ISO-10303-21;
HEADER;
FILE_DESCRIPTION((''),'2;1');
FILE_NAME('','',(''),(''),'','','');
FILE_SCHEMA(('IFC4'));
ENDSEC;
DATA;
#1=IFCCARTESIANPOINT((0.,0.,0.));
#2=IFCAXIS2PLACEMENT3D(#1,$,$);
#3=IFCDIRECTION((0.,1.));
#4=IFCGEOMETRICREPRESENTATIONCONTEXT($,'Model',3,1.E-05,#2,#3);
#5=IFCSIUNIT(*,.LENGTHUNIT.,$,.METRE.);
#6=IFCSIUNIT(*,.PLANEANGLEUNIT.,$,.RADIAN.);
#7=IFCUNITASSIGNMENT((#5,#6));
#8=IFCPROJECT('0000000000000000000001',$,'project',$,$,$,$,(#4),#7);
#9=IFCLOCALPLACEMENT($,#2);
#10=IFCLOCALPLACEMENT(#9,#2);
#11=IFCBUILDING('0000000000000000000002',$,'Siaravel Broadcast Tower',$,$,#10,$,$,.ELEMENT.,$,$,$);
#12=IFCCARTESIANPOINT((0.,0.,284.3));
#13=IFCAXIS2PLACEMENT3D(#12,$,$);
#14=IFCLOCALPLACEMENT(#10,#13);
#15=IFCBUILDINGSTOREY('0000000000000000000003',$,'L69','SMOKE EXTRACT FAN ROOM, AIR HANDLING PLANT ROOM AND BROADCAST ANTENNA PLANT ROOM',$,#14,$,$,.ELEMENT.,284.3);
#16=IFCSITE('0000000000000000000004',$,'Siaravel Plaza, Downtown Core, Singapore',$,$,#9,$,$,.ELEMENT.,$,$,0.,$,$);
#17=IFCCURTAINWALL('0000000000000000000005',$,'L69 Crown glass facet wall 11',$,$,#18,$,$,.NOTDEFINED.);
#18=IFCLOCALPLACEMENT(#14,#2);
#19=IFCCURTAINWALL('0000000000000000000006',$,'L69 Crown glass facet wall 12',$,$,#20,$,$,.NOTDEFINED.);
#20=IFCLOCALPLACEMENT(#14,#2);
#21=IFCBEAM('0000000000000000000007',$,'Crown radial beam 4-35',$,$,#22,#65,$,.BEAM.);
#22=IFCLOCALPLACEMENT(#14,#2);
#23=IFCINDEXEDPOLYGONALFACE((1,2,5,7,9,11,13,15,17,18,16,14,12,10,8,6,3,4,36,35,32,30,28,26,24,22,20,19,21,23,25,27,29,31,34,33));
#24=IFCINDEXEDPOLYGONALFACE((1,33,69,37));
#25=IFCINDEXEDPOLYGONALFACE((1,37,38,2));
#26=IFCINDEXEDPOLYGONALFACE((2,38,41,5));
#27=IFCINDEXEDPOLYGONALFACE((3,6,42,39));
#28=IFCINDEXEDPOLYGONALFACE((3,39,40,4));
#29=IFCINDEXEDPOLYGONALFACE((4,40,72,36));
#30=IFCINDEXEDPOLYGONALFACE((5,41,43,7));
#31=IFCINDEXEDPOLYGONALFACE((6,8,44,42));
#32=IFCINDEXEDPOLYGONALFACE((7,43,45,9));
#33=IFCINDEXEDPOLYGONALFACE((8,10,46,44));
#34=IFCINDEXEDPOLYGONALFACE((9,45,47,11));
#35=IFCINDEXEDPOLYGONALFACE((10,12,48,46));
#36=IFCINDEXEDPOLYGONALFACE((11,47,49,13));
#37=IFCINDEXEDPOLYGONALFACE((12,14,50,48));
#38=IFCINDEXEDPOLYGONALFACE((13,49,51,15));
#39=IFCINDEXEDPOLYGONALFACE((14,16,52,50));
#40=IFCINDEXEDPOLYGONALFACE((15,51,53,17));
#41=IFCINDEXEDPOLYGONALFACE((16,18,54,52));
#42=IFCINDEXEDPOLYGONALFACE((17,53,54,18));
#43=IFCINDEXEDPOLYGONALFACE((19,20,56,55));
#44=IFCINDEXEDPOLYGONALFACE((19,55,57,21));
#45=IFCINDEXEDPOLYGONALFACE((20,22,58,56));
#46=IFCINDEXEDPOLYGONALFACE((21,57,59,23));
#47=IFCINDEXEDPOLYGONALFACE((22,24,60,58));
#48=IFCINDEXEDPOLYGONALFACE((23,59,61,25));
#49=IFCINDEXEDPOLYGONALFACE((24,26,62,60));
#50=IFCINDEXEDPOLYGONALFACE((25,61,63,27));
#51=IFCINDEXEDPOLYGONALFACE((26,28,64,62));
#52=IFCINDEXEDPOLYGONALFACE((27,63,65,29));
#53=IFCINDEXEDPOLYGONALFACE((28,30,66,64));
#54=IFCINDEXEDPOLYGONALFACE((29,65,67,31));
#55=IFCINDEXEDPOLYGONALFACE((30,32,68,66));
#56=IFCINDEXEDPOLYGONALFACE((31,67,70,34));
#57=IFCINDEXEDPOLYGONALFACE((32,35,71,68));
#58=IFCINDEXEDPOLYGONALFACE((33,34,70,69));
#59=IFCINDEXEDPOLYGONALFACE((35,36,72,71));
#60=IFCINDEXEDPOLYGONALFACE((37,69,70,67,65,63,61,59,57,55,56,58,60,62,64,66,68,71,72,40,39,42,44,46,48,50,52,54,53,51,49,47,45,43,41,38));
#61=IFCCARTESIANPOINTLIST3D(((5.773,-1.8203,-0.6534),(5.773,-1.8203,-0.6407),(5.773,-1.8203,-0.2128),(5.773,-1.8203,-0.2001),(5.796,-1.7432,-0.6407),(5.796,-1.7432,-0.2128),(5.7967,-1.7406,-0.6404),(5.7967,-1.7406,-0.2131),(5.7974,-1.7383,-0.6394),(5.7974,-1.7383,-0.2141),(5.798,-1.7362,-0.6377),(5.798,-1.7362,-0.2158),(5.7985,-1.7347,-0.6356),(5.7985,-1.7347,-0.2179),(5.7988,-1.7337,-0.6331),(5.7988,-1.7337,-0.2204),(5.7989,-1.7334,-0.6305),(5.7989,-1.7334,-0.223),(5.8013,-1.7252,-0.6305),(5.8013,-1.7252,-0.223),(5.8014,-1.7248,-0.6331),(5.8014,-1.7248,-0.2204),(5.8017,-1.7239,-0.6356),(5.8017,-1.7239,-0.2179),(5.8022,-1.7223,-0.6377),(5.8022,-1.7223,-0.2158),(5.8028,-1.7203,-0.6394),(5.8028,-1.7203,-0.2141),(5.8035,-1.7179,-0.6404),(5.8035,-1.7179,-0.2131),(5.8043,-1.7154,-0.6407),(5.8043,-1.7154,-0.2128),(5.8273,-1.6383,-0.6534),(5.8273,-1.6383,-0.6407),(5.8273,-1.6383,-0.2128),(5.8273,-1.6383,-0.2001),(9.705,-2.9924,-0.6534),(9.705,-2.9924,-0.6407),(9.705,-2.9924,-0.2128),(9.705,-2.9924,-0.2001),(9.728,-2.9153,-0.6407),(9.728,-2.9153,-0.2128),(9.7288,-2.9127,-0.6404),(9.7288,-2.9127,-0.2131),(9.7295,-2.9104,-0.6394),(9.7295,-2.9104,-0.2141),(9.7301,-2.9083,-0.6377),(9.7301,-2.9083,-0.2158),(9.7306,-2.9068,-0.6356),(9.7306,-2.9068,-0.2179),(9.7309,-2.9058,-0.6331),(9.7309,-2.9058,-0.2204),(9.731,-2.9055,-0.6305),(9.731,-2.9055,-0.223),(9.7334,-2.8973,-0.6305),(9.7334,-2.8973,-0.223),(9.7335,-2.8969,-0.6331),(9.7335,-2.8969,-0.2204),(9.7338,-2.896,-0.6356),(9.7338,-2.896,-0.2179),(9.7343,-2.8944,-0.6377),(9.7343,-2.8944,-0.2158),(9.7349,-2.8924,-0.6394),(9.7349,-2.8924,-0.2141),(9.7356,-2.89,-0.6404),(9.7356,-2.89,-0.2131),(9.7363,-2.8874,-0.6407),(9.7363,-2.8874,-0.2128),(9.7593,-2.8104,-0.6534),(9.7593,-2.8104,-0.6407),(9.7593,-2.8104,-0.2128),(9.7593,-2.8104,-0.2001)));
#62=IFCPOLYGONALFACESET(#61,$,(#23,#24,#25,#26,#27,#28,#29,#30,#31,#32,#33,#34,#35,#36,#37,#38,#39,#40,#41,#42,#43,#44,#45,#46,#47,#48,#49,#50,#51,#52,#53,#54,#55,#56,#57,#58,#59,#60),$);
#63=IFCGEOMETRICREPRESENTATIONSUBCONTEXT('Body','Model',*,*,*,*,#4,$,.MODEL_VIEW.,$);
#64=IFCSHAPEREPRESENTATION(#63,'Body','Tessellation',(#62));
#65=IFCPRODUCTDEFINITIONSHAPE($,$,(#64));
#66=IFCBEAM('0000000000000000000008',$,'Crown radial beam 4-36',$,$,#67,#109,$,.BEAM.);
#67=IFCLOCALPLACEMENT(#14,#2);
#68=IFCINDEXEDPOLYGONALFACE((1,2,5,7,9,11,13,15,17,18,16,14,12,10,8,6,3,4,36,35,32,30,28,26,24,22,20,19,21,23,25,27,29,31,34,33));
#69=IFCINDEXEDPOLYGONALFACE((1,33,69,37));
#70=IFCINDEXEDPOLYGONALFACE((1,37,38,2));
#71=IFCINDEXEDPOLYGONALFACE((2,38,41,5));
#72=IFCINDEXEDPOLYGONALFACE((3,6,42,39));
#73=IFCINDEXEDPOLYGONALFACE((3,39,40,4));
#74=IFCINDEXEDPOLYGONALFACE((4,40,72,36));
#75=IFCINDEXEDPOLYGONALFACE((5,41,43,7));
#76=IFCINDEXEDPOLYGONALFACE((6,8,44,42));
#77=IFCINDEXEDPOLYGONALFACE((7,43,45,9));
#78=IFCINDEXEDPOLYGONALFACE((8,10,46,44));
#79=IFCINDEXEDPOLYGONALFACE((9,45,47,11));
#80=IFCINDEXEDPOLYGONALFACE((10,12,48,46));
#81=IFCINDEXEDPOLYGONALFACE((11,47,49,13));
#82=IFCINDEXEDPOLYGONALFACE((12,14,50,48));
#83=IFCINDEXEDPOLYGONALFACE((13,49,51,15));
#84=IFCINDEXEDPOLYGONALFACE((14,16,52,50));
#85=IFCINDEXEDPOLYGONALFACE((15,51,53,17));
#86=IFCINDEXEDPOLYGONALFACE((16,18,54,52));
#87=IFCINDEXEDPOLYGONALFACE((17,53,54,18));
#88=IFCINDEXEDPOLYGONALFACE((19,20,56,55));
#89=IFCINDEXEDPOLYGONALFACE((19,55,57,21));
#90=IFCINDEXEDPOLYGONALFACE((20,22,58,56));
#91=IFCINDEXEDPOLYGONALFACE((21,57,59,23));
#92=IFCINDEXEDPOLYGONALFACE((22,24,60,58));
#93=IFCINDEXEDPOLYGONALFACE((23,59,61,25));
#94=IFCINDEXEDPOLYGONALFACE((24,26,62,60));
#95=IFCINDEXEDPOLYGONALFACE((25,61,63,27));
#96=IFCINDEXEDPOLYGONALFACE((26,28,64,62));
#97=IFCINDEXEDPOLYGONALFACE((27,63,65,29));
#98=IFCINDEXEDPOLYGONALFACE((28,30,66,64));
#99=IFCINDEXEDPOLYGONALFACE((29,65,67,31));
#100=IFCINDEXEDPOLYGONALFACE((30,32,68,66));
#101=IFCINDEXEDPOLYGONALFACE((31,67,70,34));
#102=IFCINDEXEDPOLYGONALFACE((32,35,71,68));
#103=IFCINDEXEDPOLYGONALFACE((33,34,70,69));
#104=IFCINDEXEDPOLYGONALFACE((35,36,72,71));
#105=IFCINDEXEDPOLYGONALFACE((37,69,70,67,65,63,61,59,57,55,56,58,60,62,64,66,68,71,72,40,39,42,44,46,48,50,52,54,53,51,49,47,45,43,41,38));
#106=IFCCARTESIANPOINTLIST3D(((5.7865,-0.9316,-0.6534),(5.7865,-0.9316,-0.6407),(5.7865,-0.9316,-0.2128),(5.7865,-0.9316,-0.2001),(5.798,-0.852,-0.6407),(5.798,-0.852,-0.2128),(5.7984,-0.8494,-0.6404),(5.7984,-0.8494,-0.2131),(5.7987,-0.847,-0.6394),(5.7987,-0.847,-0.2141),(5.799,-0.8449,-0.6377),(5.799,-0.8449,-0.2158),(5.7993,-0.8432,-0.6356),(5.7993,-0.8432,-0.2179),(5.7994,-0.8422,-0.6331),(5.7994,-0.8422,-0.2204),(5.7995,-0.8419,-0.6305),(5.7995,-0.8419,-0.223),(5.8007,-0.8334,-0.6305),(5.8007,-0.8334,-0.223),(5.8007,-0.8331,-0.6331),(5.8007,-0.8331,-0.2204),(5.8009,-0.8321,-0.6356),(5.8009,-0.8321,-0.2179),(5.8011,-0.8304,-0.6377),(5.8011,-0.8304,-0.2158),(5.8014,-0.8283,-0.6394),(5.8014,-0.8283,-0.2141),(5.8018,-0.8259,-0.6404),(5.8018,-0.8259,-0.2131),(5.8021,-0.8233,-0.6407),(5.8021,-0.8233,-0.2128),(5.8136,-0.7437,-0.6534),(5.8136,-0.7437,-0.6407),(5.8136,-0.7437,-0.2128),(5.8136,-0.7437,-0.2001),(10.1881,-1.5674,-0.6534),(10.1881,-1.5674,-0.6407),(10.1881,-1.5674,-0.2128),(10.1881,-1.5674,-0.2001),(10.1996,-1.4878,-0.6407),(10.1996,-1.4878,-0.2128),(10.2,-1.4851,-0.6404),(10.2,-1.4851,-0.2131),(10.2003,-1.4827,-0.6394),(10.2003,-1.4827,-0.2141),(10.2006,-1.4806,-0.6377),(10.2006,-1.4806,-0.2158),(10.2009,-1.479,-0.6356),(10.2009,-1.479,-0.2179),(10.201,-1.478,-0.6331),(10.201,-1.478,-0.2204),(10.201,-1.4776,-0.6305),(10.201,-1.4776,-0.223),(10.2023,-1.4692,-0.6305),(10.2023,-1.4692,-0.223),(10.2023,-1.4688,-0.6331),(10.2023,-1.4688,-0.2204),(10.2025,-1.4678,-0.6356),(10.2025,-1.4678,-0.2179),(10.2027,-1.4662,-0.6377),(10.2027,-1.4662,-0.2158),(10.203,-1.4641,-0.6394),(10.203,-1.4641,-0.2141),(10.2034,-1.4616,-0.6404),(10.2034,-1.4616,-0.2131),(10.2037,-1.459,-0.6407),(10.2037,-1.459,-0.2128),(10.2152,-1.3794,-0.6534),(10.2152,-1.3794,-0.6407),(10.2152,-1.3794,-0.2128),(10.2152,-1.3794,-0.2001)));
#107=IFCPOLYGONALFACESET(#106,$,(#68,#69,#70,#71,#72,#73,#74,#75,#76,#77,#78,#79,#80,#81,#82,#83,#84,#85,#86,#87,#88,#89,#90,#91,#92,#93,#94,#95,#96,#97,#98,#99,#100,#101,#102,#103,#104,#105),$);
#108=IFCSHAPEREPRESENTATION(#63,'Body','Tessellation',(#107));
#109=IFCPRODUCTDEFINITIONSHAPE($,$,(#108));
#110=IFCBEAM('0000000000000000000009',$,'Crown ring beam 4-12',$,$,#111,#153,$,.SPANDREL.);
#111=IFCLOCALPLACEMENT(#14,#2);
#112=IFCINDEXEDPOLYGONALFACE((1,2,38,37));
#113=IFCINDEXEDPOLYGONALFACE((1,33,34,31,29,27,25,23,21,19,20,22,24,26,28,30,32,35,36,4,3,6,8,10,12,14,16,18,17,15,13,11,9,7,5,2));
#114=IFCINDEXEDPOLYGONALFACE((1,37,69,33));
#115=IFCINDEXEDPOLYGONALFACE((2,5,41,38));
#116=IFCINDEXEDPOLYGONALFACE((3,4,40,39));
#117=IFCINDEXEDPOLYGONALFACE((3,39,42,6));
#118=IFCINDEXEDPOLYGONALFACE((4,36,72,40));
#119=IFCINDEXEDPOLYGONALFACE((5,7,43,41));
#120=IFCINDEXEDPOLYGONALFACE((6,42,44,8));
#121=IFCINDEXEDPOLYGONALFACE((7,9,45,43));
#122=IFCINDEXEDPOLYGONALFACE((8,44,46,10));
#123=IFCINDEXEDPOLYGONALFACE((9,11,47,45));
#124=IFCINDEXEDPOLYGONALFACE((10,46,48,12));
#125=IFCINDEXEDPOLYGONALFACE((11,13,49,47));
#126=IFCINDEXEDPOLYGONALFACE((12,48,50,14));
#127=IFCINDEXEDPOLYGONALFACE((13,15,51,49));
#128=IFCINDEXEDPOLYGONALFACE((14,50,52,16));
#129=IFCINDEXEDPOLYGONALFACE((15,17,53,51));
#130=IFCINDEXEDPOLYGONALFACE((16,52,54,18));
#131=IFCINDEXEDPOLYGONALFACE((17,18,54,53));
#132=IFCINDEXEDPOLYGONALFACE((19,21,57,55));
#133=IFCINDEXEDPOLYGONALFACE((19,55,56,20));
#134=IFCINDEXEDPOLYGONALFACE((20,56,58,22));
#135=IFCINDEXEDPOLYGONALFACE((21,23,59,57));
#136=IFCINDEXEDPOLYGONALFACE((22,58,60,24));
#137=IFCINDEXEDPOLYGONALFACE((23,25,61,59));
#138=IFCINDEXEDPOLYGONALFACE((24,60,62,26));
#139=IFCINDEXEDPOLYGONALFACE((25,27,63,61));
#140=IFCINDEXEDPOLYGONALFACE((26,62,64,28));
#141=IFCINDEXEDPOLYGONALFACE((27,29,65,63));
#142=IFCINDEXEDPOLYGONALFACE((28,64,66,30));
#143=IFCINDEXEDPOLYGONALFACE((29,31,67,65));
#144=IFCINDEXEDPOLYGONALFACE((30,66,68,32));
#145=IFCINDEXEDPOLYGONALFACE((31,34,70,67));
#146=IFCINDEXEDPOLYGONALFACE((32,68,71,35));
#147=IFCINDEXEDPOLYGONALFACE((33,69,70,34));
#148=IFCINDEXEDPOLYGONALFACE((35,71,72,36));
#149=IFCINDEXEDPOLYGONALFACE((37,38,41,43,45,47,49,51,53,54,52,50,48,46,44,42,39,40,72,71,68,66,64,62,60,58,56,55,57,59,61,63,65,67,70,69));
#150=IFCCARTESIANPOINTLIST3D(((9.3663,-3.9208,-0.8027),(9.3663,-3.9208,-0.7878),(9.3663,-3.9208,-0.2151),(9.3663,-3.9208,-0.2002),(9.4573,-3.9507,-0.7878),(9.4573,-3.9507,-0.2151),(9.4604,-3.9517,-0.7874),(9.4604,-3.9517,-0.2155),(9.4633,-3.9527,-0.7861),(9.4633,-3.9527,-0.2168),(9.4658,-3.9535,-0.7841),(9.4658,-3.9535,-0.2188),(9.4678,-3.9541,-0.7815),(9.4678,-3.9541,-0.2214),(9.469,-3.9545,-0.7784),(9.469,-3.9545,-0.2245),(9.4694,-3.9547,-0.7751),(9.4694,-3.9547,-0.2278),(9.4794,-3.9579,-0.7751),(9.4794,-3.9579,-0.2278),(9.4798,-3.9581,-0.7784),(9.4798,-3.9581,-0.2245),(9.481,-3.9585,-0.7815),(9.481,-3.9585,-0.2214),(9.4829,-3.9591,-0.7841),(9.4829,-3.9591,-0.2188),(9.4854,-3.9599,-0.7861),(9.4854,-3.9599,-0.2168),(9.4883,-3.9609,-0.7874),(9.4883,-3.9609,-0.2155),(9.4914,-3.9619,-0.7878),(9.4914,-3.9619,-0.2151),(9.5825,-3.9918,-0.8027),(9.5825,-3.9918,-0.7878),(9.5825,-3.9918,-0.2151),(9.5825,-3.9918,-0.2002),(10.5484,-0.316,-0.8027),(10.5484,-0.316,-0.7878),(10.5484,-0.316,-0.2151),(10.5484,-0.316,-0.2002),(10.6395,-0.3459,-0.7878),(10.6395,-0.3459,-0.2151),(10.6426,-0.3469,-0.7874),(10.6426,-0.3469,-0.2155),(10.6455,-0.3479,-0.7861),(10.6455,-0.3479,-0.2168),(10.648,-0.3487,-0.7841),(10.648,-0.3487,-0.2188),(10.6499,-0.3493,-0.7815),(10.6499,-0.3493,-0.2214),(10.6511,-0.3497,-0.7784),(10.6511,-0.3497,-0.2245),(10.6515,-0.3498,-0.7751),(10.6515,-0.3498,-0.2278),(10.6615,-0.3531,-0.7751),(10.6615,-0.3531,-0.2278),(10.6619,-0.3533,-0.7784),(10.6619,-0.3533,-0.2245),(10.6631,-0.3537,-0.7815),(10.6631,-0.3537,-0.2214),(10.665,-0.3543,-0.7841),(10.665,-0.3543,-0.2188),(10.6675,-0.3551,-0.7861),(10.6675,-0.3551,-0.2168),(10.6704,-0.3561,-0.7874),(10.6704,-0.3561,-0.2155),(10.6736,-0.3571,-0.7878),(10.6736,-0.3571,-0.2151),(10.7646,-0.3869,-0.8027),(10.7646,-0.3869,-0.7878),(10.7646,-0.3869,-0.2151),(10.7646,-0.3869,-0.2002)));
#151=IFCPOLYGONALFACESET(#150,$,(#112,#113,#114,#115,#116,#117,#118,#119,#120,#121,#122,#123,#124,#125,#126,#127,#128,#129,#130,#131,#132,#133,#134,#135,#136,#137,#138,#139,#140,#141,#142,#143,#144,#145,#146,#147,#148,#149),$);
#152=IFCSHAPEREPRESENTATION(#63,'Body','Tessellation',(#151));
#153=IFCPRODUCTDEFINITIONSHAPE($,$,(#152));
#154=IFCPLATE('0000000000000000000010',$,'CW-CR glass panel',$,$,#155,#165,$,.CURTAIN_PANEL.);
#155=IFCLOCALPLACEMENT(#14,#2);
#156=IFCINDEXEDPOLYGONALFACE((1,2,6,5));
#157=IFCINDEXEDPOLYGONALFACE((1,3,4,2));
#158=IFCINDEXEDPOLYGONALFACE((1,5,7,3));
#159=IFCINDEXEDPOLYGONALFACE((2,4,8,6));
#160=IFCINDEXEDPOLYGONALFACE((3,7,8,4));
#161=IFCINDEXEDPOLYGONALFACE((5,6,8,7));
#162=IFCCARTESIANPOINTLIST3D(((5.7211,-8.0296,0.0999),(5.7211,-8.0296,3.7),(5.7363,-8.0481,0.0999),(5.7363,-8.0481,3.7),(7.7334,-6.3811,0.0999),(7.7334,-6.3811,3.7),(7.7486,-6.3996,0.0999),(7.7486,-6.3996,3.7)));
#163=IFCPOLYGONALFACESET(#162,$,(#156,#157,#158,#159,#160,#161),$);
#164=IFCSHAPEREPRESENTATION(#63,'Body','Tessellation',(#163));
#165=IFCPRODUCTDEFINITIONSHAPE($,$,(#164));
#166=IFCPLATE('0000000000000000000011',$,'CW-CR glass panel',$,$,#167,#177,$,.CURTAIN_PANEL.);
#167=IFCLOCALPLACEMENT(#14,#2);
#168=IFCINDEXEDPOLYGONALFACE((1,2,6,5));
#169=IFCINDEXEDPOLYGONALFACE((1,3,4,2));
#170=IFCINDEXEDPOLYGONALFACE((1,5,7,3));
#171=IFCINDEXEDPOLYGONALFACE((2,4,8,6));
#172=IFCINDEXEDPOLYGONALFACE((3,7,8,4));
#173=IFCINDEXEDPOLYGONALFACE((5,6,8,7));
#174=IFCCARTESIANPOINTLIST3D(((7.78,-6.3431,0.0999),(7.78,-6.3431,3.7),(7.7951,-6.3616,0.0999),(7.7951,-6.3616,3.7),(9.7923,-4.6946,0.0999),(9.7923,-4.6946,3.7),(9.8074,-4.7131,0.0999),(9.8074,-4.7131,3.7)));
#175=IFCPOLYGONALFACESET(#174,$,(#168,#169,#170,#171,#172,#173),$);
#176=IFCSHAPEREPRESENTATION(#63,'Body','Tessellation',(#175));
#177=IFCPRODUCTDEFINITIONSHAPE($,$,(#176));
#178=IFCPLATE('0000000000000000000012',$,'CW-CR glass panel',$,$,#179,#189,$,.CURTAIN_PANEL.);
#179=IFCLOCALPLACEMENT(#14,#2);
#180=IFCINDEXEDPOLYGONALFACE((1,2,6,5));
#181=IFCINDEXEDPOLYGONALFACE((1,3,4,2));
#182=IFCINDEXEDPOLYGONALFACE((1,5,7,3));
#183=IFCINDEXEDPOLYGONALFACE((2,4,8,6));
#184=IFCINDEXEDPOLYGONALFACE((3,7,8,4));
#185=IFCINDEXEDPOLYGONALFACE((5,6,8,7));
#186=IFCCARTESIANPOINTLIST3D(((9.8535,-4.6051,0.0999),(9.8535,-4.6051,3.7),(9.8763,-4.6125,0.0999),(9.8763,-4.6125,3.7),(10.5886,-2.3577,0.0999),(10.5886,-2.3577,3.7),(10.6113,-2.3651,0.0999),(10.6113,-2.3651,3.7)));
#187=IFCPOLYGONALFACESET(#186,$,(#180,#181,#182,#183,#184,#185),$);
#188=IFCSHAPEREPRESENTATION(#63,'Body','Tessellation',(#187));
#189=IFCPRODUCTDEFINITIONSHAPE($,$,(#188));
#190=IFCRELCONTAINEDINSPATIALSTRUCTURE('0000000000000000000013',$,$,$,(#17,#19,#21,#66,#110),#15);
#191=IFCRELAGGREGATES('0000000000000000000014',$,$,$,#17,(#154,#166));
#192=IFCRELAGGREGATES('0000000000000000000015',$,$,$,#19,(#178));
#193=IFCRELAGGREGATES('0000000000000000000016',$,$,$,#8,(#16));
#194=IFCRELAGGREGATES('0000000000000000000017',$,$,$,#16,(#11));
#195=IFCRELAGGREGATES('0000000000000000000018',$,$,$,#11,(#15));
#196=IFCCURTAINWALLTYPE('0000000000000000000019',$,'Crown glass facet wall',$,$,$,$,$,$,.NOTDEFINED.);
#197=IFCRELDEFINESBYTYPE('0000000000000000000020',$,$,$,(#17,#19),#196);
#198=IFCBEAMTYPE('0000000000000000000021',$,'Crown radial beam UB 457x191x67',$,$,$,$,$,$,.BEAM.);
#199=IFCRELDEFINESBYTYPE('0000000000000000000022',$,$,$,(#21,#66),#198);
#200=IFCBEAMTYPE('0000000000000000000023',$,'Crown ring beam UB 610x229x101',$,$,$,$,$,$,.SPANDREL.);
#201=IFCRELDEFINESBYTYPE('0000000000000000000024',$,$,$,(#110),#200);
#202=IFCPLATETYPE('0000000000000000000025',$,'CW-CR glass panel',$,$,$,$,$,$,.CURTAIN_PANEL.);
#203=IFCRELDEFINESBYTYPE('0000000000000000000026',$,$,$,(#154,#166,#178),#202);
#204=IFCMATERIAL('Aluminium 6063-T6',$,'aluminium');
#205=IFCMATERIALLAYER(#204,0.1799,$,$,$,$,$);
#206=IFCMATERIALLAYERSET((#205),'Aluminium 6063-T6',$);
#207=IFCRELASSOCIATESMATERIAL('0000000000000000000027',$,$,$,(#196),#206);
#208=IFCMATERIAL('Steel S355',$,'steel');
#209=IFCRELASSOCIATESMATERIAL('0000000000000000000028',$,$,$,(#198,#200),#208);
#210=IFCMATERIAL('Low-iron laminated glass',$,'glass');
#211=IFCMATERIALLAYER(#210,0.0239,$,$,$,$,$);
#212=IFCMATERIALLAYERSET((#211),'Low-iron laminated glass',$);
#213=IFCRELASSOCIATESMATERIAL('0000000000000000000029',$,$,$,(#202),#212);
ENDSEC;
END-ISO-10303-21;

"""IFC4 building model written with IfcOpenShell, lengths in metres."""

from ifc_helpers import new_model, si_unit, direction, frame, origin, origin_2d, place, context, subcontext, project, spatial, rectangle, i_section, extrude, material, layer, layer_set, material_profile, profile_set, type_object, element, aggregate, save


model = new_model("IFC4")

# Units and contexts
model_context = context("Model", 3, precision=1e-05, world=origin(), true_north=direction((0.0, 1.0)))
body_context = subcontext(model_context, "Body", "Model", "MODEL_VIEW")
ifc_project = project(units=[si_unit("LENGTHUNIT", "METRE"), si_unit("PLANEANGLEUNIT", "RADIAN")], contexts=[model_context])

# Site, building, storey
site_placement = place(None, origin())
site = spatial("IfcSite", under=ifc_project, at=site_placement, Name="Siaravel Plaza, Downtown Core, Singapore", CompositionType="ELEMENT", RefElevation=0.0)
building_placement = place(site_placement, origin())
building = spatial("IfcBuilding", under=site, at=building_placement, Name="Siaravel Broadcast Tower", CompositionType="ELEMENT")
storey_placement = place(building_placement, frame((0.0, 0.0, 284.3)))
storey = spatial("IfcBuildingStorey", under=building, at=storey_placement, Name="L69", Description="SMOKE EXTRACT FAN ROOM, AIR HANDLING PLANT ROOM AND BROADCAST ANTENNA PLANT ROOM", CompositionType="ELEMENT", Elevation=284.3)

# Curtain walls
ifc_material_1 = material(Name="Aluminium 6063-T6", Category="aluminium")
ifc_layer_1 = layer(ifc_material_1, 0.1799)
ifc_layer_set_1 = layer_set([ifc_layer_1], Name="Aluminium 6063-T6")
curtain_wall_type = type_object("IfcCurtainWallType", Name="Crown glass facet wall", PredefinedType="NOTDEFINED", material=ifc_layer_set_1)
curtain_wall_1_placement = place(storey_placement, origin())
curtain_wall_1 = element("IfcCurtainWall", 1, at=curtain_wall_1_placement, inside=storey, type_object=curtain_wall_type, Name="L69 Crown glass facet wall 11", PredefinedType="NOTDEFINED")
curtain_wall_2_placement = place(storey_placement, origin())
curtain_wall_2 = element("IfcCurtainWall", 2, at=curtain_wall_2_placement, inside=storey, type_object=curtain_wall_type, Name="L69 Crown glass facet wall 12", PredefinedType="NOTDEFINED")

# Beams
ifc_material_2 = material(Name="Steel S355", Category="steel")
ifc_material_profile_1 = material_profile(ifc_material_2, i_section(OverallWidth=0.1899, OverallDepth=0.4534, WebThickness=0.0085, FlangeThickness=0.0127, FilletRadius=0.0103, at=origin_2d()))
ifc_profile_set_1 = profile_set([ifc_material_profile_1], Name="Steel S355")
beam_type_1 = type_object("IfcBeamType", Name="Crown radial beam UB 457x191x67", PredefinedType="BEAM", material=ifc_profile_set_1)
beam_1_placement = place(storey_placement, frame((9.7322, -2.9014, -0.4268), z_axis=(-0.958329, 0.285666, 0.0), x_axis=(-0.285666, -0.958329, 0.0)))
element("IfcBeam", 3, at=beam_1_placement, inside=storey, type_object=beam_type_1, Name="Crown radial beam 4-35", PredefinedType="BEAM", context=body_context, shape_type="SweptSolid", body=[
    extrude(i_section(OverallWidth=0.1899, OverallDepth=0.4534, WebThickness=0.0085, FlangeThickness=0.0127, FilletRadius=0.0103, at=origin_2d()), origin(), (0.0, 0.0, 1.0), 4.103),
])
beam_2_placement = place(storey_placement, frame((10.2017, -1.4734, -0.4268), z_axis=(-0.98973, 0.142951, 0.0), x_axis=(-0.142951, -0.98973, 0.0)))
element("IfcBeam", 4, at=beam_2_placement, inside=storey, type_object=beam_type_1, Name="Crown radial beam 4-36", PredefinedType="BEAM", context=body_context, shape_type="SweptSolid", body=[
    extrude(i_section(OverallWidth=0.1899, OverallDepth=0.4534, WebThickness=0.0085, FlangeThickness=0.0127, FilletRadius=0.0103, at=origin_2d()), origin(), (0.0, 0.0, 1.0), 4.4473),
])
ifc_material_profile_2 = material_profile(ifc_material_2, i_section(OverallWidth=0.2275, OverallDepth=0.6025, WebThickness=0.0105, FlangeThickness=0.0149, FilletRadius=0.0127, at=origin_2d()))
ifc_profile_set_2 = profile_set([ifc_material_profile_2], Name="Steel S355")
beam_type_2 = type_object("IfcBeamType", Name="Crown ring beam UB 610x229x101", PredefinedType="SPANDREL", material=ifc_profile_set_2)
beam_3_placement = place(storey_placement, frame((9.4744, -3.9563, -0.5015), z_axis=(0.31161, 0.95021, 0.0), x_axis=(-0.95021, 0.31161, 0.0)))
element("IfcBeam", 5, at=beam_3_placement, inside=storey, type_object=beam_type_2, Name="Crown ring beam 4-12", PredefinedType="SPANDREL", context=body_context, shape_type="SweptSolid", body=[
    extrude(i_section(OverallWidth=0.2275, OverallDepth=0.6025, WebThickness=0.0105, FlangeThickness=0.0149, FilletRadius=0.0127, at=origin_2d()), origin(), (0.0, 0.0, 1.0), 3.7937),
])

# Plates
ifc_material_3 = material(Name="Low-iron laminated glass", Category="glass")
ifc_layer_2 = layer(ifc_material_3, 0.0239)
ifc_layer_set_2 = layer_set([ifc_layer_2], Name="Low-iron laminated glass")
plate_type = type_object("IfcPlateType", Name="CW-CR glass panel", PredefinedType="CURTAIN_PANEL", material=ifc_layer_set_2)
plate_1_placement = place(storey_placement, frame((6.7349, -7.2146, 0.0999), z_axis=(0.0, 0.0, 1.0), x_axis=(0.773564, 0.633718, 0.0)))
plate_1 = element("IfcPlate", 6, at=plate_1_placement, type_object=plate_type, Name="CW-CR glass panel", PredefinedType="CURTAIN_PANEL", context=body_context, shape_type="SweptSolid", body=[
    extrude(rectangle(XDim=2.6013, YDim=0.0239, at=origin_2d()), origin(), (0.0, 0.0, 1.0), 3.6001),
])
plate_2_placement = place(storey_placement, frame((8.7937, -5.5281, 0.0999), z_axis=(0.0, 0.0, 1.0), x_axis=(0.773564, 0.633718, 0.0)))
plate_2 = element("IfcPlate", 7, at=plate_2_placement, type_object=plate_type, Name="CW-CR glass panel", PredefinedType="CURTAIN_PANEL", context=body_context, shape_type="SweptSolid", body=[
    extrude(rectangle(XDim=2.6013, YDim=0.0239, at=origin_2d()), origin(), (0.0, 0.0, 1.0), 3.6001),
])
aggregate(curtain_wall_1, [plate_1, plate_2])
plate_3_placement = place(storey_placement, frame((10.2324, -3.4851, 0.0999), z_axis=(0.0, 0.0, 1.0), x_axis=(0.310855, 0.950457, 0.0)))
plate_3 = element("IfcPlate", 8, at=plate_3_placement, type_object=plate_type, Name="CW-CR glass panel", PredefinedType="CURTAIN_PANEL", context=body_context, shape_type="SweptSolid", body=[
    extrude(rectangle(XDim=2.3645, YDim=0.0239, at=origin_2d()), origin(), (0.0, 0.0, 1.0), 3.6001),
])
aggregate(curtain_wall_2, [plate_3])

save(model, "model.ifc")
